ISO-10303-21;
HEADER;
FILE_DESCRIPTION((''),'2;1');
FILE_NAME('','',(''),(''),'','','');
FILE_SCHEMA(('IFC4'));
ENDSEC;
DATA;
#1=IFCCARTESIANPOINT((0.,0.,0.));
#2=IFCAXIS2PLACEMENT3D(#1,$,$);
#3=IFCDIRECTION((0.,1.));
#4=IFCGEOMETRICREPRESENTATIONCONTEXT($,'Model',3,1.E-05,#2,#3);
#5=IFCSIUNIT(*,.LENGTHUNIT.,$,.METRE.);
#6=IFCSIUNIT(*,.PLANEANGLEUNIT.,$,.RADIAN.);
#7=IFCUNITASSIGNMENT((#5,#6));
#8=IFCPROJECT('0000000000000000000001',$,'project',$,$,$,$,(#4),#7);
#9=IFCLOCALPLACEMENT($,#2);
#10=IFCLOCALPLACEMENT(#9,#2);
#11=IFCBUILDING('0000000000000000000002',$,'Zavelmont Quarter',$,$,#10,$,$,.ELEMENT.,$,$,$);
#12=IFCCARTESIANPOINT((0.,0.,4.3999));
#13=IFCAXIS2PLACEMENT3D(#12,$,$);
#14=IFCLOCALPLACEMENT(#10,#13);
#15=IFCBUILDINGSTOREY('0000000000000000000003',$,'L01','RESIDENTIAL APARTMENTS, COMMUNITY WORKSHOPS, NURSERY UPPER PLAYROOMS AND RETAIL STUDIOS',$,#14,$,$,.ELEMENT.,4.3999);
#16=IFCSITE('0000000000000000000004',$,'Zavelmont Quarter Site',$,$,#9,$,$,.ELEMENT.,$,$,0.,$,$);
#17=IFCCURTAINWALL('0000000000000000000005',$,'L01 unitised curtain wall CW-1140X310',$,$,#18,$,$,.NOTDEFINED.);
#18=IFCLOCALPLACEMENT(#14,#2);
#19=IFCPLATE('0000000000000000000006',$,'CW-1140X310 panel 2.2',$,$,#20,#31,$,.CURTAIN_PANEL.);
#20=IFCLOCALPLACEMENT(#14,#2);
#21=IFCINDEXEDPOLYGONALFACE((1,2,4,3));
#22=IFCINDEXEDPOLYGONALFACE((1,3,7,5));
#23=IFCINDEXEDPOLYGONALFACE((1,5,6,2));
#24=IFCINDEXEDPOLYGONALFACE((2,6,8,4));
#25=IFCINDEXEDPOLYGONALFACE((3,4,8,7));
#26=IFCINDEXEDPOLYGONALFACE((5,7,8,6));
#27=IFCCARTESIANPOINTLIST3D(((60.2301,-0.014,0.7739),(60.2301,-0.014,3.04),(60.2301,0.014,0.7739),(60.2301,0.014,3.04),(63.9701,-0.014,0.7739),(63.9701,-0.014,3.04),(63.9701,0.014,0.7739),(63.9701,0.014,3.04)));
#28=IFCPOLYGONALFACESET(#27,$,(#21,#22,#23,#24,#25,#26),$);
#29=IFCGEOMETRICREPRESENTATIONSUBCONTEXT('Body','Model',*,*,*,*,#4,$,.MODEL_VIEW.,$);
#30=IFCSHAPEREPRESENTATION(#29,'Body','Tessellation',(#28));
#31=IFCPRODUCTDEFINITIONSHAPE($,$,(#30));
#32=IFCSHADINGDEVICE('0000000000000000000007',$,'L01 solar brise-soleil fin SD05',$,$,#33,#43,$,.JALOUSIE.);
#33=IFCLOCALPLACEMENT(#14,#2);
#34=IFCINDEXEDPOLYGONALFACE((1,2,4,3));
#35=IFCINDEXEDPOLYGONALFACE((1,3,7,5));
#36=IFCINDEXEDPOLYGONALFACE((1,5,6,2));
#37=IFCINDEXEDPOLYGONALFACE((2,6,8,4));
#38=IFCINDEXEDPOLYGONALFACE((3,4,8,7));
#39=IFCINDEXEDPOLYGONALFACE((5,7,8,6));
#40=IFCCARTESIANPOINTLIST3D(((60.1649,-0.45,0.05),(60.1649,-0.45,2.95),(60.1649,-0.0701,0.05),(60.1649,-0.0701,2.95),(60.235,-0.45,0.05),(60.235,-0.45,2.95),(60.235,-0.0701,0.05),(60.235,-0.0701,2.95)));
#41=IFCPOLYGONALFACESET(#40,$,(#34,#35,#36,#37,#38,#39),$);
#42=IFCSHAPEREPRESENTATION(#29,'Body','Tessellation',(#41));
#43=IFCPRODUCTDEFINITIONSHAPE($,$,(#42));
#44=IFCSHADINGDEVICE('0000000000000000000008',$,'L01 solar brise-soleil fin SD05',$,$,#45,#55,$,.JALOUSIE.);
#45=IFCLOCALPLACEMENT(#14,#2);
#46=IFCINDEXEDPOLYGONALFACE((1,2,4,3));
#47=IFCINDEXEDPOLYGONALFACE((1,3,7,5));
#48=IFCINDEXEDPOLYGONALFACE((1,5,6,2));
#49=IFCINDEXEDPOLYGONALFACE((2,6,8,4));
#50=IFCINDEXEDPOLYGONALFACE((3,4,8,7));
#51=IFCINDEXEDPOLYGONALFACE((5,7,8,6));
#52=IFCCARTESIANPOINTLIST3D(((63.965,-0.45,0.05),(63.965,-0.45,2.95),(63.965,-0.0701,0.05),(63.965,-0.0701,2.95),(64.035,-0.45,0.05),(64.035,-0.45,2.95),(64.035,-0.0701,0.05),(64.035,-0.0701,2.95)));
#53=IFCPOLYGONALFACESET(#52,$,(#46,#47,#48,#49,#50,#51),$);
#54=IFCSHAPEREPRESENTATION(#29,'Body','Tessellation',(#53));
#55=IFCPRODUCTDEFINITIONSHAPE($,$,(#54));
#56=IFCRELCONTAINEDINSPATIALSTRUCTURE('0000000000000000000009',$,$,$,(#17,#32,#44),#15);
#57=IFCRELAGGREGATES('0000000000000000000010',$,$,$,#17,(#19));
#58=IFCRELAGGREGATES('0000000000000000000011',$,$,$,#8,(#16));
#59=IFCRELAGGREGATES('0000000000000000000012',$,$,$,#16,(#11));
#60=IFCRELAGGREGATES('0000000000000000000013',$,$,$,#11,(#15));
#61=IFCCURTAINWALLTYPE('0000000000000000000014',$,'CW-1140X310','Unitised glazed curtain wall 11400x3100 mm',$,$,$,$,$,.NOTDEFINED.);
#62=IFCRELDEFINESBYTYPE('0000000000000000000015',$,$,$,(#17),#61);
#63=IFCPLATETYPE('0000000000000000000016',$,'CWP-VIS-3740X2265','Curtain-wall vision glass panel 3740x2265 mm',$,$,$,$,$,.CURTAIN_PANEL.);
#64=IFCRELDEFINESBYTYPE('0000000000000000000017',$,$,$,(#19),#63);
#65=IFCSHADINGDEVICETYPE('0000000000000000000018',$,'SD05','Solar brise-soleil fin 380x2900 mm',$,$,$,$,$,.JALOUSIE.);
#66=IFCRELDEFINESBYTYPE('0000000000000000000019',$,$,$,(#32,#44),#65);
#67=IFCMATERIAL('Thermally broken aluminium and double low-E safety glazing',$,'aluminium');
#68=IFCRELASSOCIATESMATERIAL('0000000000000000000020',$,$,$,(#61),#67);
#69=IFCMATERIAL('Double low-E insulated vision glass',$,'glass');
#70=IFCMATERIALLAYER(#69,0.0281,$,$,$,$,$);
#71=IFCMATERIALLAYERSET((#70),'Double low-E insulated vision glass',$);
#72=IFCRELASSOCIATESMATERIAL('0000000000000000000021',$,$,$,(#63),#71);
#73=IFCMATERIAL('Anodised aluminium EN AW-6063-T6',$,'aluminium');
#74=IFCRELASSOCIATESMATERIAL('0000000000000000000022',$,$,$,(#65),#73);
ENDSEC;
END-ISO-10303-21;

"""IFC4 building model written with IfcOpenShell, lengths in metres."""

from ifc_helpers import new_model, si_unit, direction, frame, origin, origin_2d, place, context, subcontext, project, spatial, rectangle, extrude, material, layer, layer_set, type_object, element, aggregate, save


model = new_model("IFC4")

# Units and contexts
model_context = context("Model", 3, precision=1e-05, world=origin(), true_north=direction((0.0, 1.0)))
body_context = subcontext(model_context, "Body", "Model", "MODEL_VIEW")
ifc_project = project(units=[si_unit("LENGTHUNIT", "METRE"), si_unit("PLANEANGLEUNIT", "RADIAN")], contexts=[model_context])

# Site, building, storey
site_placement = place(None, origin())
site = spatial("IfcSite", under=ifc_project, at=site_placement, Name="Zavelmont Quarter Site", CompositionType="ELEMENT", RefElevation=0.0)
building_placement = place(site_placement, origin())
building = spatial("IfcBuilding", under=site, at=building_placement, Name="Zavelmont Quarter", CompositionType="ELEMENT")
storey_placement = place(building_placement, frame((0.0, 0.0, 4.3999)))
storey = spatial("IfcBuildingStorey", under=building, at=storey_placement, Name="L01", Description="RESIDENTIAL APARTMENTS, COMMUNITY WORKSHOPS, NURSERY UPPER PLAYROOMS AND RETAIL STUDIOS", CompositionType="ELEMENT", Elevation=4.3999)

# Curtain wall, plate
ifc_material_1 = material(Name="Thermally broken aluminium and double low-E safety glazing", Category="aluminium")
curtain_wall_type = type_object("IfcCurtainWallType", Name="CW-1140X310", Description="Unitised glazed curtain wall 11400x3100 mm", PredefinedType="NOTDEFINED", material=ifc_material_1)
curtain_wall_placement = place(storey_placement, origin())
curtain_wall = element("IfcCurtainWall", 1, at=curtain_wall_placement, inside=storey, type_object=curtain_wall_type, Name="L01 unitised curtain wall CW-1140X310", PredefinedType="NOTDEFINED")
ifc_material_2 = material(Name="Double low-E insulated vision glass", Category="glass")
ifc_layer_1 = layer(ifc_material_2, 0.0281)
ifc_layer_set_1 = layer_set([ifc_layer_1], Name="Double low-E insulated vision glass")
plate_type_1 = type_object("IfcPlateType", Name="CWP-VIS-3740X2265", Description="Curtain-wall vision glass panel 3740x2265 mm", PredefinedType="CURTAIN_PANEL", material=ifc_layer_set_1)
plate_1_placement = place(storey_placement, frame((62.1001, 0.0, 0.7739), z_axis=(0.0, 0.0, 1.0), x_axis=(1.0, 0.0, 0.0)))
plate_1 = element("IfcPlate", 2, at=plate_1_placement, type_object=plate_type_1, Name="CW-1140X310 panel 2.2", PredefinedType="CURTAIN_PANEL", context=body_context, shape_type="SweptSolid", body=[
    extrude(rectangle(XDim=3.74, YDim=0.0281, at=origin_2d()), origin(), (0.0, 0.0, 1.0), 2.2661),
])
aggregate(curtain_wall, [plate_1])

# Shading devices
ifc_material_3 = material(Name="Anodised aluminium EN AW-6063-T6", Category="aluminium")
shading_device_type = type_object("IfcShadingDeviceType", Name="SD05", Description="Solar brise-soleil fin 380x2900 mm", PredefinedType="JALOUSIE", material=ifc_material_3)
for number, where, z_axis, x_axis, name in (
    (3, (60.2, -0.26, 0.05), (0.0, 0.0, 1.0), (1.0, 0.0, 0.0), "L01 solar brise-soleil fin SD05"),
    (4, (64.0, -0.26, 0.05), (0.0, 0.0, 1.0), (1.0, 0.0, 0.0), "L01 solar brise-soleil fin SD05"),
):
    element("IfcShadingDevice", number, at=place(storey_placement, frame(where, z_axis=z_axis, x_axis=x_axis)), inside=storey, type_object=shading_device_type, Name=name, PredefinedType="JALOUSIE", context=body_context, shape_type="SweptSolid", body=[
        extrude(rectangle(XDim=0.0701, YDim=0.3799, at=origin_2d()), origin(), (0.0, 0.0, 1.0), 2.8999),
    ])

save(model, "model.ifc")
